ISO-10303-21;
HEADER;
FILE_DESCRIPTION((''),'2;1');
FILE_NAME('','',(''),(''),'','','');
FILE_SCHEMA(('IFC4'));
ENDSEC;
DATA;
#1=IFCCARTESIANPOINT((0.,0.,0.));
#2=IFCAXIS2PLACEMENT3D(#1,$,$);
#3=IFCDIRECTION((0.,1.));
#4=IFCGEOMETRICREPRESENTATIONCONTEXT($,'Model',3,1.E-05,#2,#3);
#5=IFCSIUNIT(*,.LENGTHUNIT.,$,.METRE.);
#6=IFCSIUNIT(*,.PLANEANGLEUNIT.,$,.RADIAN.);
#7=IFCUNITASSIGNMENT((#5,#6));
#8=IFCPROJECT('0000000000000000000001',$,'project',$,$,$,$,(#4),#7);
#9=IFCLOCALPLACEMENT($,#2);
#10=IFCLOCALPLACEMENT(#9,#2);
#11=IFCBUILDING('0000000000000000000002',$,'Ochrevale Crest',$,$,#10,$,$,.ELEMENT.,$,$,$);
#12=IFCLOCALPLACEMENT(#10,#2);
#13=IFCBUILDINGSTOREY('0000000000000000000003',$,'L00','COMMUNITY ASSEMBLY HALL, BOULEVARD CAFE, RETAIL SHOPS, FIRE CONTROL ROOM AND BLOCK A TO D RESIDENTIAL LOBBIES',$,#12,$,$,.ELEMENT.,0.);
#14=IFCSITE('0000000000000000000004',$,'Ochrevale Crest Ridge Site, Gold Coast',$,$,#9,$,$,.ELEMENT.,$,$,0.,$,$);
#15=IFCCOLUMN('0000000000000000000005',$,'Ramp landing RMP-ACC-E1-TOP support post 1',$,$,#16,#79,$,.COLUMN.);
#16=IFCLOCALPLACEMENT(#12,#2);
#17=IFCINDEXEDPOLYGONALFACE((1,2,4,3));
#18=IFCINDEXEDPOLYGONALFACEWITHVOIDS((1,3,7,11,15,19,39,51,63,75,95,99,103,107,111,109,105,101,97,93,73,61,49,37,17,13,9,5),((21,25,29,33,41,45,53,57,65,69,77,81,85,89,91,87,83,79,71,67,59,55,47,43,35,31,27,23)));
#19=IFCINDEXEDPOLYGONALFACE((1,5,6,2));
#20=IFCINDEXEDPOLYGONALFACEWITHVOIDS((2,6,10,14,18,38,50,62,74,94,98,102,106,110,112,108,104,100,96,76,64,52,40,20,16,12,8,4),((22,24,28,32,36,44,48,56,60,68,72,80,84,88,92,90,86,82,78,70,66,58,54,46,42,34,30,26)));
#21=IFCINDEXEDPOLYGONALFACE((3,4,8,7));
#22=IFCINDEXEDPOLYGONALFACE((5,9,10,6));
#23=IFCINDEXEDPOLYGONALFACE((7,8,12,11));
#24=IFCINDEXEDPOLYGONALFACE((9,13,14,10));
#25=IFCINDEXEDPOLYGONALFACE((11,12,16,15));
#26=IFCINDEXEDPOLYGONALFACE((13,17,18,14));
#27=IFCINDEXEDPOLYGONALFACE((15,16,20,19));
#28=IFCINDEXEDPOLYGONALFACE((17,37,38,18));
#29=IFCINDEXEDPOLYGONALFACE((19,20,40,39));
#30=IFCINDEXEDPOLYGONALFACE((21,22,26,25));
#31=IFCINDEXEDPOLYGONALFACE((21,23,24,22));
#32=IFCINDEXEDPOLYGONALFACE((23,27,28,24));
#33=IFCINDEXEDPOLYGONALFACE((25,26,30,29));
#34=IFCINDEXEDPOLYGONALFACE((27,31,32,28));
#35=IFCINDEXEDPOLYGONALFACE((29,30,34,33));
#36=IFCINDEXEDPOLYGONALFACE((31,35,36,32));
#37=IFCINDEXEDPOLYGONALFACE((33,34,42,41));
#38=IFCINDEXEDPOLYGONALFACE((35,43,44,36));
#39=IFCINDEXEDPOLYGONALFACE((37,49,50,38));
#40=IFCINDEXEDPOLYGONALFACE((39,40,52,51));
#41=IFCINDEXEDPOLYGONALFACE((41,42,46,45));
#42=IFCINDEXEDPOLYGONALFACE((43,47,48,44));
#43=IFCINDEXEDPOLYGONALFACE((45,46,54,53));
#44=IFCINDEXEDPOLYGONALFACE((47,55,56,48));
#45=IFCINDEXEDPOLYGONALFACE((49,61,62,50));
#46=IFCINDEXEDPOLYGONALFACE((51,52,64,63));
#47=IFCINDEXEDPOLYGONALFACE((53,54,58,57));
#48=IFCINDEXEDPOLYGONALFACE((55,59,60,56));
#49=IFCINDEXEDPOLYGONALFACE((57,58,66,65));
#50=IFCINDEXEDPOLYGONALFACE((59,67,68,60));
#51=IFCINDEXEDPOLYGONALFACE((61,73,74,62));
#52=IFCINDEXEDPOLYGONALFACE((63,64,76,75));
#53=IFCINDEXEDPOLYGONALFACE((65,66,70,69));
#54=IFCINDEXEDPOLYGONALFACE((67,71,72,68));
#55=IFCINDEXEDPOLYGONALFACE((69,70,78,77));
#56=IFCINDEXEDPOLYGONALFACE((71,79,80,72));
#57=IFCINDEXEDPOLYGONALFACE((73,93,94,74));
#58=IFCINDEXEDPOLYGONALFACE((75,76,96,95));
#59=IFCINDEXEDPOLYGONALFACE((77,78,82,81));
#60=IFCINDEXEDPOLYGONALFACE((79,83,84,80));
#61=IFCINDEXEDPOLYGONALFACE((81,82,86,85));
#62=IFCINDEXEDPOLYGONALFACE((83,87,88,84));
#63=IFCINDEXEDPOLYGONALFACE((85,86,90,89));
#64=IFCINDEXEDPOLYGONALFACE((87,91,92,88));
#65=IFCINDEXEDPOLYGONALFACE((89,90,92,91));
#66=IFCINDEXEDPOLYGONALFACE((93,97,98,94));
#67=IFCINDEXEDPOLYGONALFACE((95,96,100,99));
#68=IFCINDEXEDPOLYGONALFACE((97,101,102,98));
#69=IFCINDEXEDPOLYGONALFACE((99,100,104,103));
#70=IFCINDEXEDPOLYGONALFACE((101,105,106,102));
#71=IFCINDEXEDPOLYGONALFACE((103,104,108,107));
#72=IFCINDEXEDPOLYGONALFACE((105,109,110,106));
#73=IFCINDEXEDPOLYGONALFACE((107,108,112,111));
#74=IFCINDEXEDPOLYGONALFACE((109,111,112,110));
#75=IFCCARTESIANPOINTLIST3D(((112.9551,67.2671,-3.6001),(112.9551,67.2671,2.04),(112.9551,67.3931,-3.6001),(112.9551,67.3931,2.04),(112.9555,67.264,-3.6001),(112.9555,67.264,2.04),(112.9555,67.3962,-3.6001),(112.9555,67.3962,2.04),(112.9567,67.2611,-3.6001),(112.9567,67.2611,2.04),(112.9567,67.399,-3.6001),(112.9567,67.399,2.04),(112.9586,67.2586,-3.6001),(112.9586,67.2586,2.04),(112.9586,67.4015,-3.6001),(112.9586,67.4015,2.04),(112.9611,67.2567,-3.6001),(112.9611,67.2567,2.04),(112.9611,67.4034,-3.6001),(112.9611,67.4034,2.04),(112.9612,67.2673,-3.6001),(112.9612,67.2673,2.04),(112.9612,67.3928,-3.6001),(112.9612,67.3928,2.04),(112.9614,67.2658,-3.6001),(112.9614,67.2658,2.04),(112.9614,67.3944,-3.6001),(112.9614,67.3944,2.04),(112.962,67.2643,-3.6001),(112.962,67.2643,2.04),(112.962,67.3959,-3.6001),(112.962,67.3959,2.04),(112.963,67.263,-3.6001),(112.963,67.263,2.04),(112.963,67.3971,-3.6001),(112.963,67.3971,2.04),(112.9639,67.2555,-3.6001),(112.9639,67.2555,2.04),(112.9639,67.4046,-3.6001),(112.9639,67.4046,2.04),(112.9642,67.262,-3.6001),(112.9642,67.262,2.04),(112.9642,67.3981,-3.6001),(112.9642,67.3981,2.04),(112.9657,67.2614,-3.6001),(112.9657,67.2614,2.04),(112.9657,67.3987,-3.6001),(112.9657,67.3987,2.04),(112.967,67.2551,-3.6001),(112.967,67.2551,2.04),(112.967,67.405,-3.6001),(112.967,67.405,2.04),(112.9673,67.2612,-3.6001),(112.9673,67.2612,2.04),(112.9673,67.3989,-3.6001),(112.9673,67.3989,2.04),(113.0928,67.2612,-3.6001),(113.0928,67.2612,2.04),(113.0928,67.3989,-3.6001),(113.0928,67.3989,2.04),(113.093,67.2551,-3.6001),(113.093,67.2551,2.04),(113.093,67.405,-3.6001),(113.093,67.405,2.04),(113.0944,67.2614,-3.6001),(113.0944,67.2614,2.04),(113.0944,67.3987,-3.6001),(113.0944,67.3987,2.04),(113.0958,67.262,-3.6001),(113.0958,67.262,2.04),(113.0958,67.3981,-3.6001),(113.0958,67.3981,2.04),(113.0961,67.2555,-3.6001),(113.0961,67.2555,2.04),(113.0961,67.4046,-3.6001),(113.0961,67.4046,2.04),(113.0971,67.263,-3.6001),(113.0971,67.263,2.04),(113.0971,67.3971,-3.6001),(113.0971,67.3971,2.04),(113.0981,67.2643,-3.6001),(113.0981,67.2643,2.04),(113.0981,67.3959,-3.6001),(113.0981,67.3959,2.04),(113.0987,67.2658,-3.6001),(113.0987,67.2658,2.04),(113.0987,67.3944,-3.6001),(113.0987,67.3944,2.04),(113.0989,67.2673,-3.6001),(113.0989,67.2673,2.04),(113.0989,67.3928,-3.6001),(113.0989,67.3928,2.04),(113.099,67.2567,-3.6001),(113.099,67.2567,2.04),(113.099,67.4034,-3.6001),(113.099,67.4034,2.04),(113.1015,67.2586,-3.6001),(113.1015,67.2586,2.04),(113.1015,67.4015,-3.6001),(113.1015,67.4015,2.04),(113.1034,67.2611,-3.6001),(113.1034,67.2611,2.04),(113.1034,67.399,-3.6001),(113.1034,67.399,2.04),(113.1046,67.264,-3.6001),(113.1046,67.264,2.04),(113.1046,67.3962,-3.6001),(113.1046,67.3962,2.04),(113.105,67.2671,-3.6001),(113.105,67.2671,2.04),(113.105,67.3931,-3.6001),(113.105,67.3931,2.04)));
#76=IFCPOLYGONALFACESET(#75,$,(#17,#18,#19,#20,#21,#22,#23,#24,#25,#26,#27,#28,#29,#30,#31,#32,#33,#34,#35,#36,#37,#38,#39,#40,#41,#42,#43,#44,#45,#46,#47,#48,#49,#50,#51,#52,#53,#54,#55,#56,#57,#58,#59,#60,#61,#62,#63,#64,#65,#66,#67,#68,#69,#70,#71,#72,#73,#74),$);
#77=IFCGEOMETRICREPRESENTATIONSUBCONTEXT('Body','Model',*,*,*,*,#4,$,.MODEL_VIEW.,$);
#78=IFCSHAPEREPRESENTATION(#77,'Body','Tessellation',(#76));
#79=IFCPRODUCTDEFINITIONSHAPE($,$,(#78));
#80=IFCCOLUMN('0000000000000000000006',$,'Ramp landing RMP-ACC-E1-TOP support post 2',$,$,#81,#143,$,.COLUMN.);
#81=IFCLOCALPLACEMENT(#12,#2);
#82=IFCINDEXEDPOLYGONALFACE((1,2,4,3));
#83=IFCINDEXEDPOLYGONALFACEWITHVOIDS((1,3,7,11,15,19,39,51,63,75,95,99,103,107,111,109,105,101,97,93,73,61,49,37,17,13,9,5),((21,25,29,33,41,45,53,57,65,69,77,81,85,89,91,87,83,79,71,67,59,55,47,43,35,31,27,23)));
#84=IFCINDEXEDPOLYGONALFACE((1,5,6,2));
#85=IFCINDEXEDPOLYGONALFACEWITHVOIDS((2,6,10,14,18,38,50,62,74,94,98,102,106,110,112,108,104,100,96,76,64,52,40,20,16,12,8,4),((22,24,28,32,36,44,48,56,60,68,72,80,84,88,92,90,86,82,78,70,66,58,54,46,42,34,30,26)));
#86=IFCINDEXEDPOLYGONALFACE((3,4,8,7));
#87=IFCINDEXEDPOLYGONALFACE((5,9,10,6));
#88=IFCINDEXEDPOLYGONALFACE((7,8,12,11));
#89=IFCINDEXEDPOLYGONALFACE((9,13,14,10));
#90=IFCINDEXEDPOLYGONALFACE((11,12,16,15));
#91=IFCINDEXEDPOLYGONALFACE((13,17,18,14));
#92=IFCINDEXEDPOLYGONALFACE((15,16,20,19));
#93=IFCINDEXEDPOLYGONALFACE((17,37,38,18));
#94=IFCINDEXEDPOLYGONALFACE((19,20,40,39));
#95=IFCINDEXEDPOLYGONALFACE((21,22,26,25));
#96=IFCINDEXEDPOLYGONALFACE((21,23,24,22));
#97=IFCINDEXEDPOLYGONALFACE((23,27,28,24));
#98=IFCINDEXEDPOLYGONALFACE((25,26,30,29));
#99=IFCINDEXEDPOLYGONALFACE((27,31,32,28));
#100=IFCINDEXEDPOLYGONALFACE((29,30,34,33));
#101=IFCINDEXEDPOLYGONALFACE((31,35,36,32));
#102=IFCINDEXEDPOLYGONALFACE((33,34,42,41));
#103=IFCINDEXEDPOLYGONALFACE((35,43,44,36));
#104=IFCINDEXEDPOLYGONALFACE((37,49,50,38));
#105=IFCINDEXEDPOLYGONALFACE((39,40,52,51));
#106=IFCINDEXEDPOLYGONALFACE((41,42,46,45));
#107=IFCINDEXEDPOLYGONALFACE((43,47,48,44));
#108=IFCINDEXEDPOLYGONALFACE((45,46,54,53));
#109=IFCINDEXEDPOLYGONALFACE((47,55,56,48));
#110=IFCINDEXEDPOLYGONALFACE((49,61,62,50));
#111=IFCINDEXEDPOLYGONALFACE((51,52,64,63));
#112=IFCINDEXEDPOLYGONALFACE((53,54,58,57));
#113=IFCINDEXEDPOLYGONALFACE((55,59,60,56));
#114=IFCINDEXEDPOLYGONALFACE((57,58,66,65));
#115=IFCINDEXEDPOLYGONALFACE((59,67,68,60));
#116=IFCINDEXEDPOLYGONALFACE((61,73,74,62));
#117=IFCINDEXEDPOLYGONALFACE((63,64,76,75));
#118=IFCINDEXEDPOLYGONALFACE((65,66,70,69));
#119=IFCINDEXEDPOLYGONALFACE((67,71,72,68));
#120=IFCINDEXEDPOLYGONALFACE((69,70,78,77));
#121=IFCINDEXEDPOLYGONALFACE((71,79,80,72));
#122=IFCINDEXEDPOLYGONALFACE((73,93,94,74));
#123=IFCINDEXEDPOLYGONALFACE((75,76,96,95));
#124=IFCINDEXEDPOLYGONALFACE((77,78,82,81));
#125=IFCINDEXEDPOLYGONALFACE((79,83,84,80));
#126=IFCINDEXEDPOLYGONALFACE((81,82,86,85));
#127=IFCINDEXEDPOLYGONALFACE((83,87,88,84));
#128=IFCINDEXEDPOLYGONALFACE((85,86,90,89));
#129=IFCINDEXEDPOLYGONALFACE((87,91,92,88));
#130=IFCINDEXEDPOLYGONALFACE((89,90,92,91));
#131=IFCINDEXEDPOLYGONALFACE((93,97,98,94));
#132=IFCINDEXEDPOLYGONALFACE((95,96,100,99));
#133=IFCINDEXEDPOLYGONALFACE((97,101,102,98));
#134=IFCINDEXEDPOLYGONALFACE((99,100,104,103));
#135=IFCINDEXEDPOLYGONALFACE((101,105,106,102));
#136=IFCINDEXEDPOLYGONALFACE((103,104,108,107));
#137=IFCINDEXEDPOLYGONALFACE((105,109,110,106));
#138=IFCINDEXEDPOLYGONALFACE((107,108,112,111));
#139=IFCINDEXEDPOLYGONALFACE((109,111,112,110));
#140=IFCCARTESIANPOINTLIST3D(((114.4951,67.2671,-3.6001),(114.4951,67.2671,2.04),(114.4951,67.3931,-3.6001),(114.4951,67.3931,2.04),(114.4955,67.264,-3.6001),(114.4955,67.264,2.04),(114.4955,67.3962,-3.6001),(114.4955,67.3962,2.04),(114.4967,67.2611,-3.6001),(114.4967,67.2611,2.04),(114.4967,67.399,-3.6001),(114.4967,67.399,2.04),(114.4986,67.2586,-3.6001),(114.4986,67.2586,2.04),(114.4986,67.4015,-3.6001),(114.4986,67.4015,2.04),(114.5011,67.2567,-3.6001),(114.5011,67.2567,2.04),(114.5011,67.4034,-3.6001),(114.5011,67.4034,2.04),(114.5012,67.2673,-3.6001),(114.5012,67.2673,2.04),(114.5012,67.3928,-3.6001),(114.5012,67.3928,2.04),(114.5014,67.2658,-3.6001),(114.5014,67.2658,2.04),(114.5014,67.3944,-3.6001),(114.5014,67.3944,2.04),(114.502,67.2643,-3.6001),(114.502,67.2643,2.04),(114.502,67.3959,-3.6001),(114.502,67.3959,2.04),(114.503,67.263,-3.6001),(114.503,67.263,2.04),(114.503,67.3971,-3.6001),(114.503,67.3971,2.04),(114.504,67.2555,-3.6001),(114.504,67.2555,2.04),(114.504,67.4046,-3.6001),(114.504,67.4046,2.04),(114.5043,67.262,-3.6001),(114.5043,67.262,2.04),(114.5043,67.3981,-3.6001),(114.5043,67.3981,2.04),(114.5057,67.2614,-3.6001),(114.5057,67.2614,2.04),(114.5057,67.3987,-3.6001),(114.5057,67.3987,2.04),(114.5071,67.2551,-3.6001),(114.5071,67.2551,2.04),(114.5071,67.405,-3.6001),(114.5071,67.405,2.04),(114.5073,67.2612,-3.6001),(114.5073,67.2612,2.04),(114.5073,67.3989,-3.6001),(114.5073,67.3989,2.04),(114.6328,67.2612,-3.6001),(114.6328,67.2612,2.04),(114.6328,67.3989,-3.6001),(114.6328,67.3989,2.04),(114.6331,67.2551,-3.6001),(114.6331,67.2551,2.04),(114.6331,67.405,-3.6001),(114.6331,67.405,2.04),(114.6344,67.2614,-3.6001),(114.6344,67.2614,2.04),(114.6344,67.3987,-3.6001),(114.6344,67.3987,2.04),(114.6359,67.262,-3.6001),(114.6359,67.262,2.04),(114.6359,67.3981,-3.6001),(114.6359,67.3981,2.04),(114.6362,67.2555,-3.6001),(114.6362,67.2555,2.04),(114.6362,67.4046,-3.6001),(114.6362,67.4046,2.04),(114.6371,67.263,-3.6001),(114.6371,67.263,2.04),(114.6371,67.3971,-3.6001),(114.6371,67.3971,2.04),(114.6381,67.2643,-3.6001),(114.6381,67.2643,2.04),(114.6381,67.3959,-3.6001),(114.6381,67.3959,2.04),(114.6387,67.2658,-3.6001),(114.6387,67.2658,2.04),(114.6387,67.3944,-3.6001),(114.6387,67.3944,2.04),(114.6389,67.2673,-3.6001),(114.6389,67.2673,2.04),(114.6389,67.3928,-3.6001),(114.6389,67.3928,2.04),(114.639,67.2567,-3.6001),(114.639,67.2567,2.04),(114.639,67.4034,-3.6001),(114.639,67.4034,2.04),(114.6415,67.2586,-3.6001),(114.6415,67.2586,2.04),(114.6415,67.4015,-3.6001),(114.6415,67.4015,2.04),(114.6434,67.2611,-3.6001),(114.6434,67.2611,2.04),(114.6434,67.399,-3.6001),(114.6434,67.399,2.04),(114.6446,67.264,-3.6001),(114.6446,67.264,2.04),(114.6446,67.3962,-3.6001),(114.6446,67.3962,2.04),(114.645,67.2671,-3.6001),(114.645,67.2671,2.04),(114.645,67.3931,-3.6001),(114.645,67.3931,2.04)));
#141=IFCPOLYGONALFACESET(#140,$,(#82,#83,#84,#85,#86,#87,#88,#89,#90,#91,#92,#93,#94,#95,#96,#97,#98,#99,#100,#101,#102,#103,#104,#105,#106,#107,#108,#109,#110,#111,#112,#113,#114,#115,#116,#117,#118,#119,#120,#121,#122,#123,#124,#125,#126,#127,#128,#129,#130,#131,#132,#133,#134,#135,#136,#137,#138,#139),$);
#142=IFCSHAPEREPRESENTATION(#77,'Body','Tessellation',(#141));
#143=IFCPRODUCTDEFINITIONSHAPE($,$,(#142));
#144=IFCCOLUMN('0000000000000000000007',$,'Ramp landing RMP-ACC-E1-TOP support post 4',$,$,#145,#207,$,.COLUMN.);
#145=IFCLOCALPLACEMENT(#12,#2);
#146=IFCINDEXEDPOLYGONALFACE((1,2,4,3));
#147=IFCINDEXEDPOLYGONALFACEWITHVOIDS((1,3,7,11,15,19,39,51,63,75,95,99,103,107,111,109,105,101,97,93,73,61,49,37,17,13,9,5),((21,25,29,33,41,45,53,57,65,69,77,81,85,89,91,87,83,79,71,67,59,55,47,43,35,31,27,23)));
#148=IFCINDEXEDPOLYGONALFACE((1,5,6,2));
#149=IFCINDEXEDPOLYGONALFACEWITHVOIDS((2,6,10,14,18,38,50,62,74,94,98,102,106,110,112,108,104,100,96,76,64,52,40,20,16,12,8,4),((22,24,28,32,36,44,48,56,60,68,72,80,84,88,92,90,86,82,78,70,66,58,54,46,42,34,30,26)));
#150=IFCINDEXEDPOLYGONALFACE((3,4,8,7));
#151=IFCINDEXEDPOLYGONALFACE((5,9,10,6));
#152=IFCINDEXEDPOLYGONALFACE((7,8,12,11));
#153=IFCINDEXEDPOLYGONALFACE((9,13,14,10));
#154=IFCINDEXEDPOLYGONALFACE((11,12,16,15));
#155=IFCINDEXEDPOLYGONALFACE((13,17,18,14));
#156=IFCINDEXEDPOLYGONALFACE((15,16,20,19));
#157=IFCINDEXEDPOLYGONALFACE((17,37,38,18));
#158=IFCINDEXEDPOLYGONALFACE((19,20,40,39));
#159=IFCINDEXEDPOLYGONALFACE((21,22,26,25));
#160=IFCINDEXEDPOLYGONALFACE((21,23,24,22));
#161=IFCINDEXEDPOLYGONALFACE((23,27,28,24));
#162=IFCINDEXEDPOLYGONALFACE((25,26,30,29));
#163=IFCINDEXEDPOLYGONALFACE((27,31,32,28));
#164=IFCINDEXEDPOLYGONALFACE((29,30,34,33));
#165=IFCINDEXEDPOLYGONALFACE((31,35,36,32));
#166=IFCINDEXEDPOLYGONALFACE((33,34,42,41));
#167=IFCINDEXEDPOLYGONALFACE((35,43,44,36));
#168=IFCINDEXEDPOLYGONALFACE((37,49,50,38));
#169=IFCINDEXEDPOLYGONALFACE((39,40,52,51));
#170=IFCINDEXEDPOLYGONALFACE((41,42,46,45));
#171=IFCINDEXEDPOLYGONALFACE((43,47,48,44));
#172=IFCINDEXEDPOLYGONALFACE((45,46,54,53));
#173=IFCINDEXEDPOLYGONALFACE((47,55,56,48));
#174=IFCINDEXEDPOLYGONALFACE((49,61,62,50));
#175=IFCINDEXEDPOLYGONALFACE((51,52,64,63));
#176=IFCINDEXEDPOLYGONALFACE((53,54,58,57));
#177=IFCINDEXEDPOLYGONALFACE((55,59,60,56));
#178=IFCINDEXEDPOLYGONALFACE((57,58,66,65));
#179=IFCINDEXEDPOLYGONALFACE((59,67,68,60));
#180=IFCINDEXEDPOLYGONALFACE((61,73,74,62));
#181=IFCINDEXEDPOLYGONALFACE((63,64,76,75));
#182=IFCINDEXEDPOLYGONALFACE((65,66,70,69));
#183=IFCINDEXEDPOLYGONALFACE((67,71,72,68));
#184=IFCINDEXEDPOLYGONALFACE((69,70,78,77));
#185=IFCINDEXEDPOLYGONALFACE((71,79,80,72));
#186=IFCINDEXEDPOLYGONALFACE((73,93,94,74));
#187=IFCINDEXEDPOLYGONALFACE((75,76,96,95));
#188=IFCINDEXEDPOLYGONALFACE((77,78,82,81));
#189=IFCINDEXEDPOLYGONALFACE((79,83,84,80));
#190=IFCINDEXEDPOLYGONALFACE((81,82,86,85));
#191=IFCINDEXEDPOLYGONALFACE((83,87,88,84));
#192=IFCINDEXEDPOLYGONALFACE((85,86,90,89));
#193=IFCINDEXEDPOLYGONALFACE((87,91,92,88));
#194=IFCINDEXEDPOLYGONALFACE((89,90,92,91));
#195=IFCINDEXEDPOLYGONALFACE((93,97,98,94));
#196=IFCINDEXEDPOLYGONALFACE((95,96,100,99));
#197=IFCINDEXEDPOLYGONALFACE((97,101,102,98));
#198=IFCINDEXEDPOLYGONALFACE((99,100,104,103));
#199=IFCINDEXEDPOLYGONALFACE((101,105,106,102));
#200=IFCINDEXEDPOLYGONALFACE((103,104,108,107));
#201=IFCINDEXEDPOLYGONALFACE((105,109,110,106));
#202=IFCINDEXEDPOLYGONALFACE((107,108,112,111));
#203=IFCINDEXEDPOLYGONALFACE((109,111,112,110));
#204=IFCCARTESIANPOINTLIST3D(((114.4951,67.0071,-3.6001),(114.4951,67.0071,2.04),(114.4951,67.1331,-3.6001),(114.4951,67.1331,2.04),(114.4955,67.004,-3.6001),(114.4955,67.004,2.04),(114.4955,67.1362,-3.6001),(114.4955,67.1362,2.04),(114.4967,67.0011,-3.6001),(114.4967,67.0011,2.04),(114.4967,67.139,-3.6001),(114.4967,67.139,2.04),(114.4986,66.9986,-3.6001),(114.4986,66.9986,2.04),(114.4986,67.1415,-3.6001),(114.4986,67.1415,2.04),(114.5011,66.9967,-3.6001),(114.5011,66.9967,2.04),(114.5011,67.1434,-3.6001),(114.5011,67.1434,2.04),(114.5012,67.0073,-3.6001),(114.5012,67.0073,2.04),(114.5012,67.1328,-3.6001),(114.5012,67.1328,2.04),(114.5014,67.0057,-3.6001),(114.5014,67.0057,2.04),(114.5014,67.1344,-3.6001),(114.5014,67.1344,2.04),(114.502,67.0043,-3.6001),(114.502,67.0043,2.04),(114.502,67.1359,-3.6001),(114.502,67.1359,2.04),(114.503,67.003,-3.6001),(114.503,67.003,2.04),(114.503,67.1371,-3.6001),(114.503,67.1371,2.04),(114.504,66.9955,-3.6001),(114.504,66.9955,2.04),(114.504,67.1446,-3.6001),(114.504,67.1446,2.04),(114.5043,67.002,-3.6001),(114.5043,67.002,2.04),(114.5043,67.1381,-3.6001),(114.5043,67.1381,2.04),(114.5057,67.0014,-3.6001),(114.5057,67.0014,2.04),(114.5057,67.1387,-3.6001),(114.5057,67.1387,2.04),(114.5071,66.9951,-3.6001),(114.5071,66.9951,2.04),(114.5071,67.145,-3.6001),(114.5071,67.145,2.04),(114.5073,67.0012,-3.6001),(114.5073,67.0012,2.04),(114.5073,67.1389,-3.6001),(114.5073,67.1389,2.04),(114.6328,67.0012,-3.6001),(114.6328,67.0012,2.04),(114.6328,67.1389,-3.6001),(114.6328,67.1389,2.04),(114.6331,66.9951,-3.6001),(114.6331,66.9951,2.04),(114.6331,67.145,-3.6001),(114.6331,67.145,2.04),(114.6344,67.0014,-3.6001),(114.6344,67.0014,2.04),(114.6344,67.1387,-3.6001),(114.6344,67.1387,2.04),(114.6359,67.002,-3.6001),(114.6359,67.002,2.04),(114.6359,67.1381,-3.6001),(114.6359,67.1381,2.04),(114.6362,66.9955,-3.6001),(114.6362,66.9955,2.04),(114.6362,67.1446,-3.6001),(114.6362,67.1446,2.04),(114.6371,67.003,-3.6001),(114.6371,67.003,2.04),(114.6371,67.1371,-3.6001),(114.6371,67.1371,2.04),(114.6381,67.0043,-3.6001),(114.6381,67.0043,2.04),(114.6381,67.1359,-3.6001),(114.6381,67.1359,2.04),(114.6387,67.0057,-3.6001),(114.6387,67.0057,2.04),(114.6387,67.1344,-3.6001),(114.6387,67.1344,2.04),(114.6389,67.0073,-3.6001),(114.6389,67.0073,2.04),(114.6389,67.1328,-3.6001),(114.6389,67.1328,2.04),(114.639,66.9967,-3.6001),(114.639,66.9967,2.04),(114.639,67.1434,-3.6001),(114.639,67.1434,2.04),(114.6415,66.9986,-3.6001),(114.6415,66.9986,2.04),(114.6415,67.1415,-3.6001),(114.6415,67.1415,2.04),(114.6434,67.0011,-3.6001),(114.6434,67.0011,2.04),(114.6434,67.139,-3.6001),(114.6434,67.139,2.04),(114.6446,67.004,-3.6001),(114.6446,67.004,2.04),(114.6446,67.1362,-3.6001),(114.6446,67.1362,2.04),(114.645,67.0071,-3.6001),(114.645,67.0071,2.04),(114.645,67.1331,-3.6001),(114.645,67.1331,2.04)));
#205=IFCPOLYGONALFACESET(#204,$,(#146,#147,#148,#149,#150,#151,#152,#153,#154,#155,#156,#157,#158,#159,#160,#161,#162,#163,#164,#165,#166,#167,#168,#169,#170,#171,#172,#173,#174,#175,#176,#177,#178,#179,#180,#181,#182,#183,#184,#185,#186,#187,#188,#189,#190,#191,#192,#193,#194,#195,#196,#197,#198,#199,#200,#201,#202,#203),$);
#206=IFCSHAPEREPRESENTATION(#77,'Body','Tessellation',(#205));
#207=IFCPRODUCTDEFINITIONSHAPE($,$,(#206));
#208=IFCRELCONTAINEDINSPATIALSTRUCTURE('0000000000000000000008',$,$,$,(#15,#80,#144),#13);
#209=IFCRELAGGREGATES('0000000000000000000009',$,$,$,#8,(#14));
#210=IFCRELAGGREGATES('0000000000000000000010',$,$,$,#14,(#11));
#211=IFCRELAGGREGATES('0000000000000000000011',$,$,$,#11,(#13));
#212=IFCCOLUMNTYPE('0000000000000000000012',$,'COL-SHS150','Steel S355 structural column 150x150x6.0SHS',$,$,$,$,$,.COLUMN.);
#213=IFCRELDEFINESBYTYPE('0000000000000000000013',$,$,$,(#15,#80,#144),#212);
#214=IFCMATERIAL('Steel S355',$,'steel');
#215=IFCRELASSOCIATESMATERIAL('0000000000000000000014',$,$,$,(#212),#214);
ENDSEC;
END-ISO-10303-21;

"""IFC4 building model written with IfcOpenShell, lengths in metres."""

from ifc_helpers import new_model, si_unit, direction, frame, origin, origin_2d, place, context, subcontext, project, spatial, hollow_rectangle, extrude, material, material_profile, profile_set, type_object, element, save


model = new_model("IFC4")

# Units and contexts
model_context = context("Model", 3, precision=1e-05, world=origin(), true_north=direction((0.0, 1.0)))
body_context = subcontext(model_context, "Body", "Model", "MODEL_VIEW")
ifc_project = project(units=[si_unit("LENGTHUNIT", "METRE"), si_unit("PLANEANGLEUNIT", "RADIAN")], contexts=[model_context])

# Site, building, storey
site_placement = place(None, origin())
site = spatial("IfcSite", under=ifc_project, at=site_placement, Name="Ochrevale Crest Ridge Site, Gold Coast", CompositionType="ELEMENT", RefElevation=0.0)
building_placement = place(site_placement, origin())
building = spatial("IfcBuilding", under=site, at=building_placement, Name="Ochrevale Crest", CompositionType="ELEMENT")
storey_placement = place(building_placement, origin())
storey = spatial("IfcBuildingStorey", under=building, at=storey_placement, Name="L00", Description="COMMUNITY ASSEMBLY HALL, BOULEVARD CAFE, RETAIL SHOPS, FIRE CONTROL ROOM AND BLOCK A TO D RESIDENTIAL LOBBIES", CompositionType="ELEMENT", Elevation=0.0)

# Columns
ifc_material_1 = material(Name="Steel S355", Category="steel")
ifc_material_profile_1 = material_profile(ifc_material_1, hollow_rectangle(XDim=0.1499, YDim=0.1499, WallThickness=0.0061, InnerFilletRadius=0.0061, OuterFilletRadius=0.012, at=origin_2d()), Name="150x150x6.0SHS")
ifc_profile_set_1 = profile_set([ifc_material_profile_1], Name="Steel S355")
column_type_1 = type_object("IfcColumnType", Name="COL-SHS150", Description="Steel S355 structural column 150x150x6.0SHS", PredefinedType="COLUMN", material=ifc_profile_set_1)
for number, where, z_axis, x_axis, name in (
    (1, (113.03, 67.3301, -3.6001), (0.0, 0.0, 1.0), (1.0, 0.0, 0.0), "Ramp landing RMP-ACC-E1-TOP support post 1"),
    (2, (114.5701, 67.3301, -3.6001), (0.0, 0.0, 1.0), (1.0, 0.0, 0.0), "Ramp landing RMP-ACC-E1-TOP support post 2"),
    (3, (114.5701, 67.0701, -3.6001), (0.0, 0.0, 1.0), (1.0, 0.0, 0.0), "Ramp landing RMP-ACC-E1-TOP support post 4"),
):
    element("IfcColumn", number, at=place(storey_placement, frame(where, z_axis=z_axis, x_axis=x_axis)), inside=storey, type_object=column_type_1, Name=name, PredefinedType="COLUMN", context=body_context, shape_type="SweptSolid", body=[
        extrude(hollow_rectangle(XDim=0.1499, YDim=0.1499, WallThickness=0.0061, InnerFilletRadius=0.0061, OuterFilletRadius=0.012, at=origin_2d()), origin(), (0.0, 0.0, 1.0), 5.6401),
    ])

save(model, "model.ifc")
